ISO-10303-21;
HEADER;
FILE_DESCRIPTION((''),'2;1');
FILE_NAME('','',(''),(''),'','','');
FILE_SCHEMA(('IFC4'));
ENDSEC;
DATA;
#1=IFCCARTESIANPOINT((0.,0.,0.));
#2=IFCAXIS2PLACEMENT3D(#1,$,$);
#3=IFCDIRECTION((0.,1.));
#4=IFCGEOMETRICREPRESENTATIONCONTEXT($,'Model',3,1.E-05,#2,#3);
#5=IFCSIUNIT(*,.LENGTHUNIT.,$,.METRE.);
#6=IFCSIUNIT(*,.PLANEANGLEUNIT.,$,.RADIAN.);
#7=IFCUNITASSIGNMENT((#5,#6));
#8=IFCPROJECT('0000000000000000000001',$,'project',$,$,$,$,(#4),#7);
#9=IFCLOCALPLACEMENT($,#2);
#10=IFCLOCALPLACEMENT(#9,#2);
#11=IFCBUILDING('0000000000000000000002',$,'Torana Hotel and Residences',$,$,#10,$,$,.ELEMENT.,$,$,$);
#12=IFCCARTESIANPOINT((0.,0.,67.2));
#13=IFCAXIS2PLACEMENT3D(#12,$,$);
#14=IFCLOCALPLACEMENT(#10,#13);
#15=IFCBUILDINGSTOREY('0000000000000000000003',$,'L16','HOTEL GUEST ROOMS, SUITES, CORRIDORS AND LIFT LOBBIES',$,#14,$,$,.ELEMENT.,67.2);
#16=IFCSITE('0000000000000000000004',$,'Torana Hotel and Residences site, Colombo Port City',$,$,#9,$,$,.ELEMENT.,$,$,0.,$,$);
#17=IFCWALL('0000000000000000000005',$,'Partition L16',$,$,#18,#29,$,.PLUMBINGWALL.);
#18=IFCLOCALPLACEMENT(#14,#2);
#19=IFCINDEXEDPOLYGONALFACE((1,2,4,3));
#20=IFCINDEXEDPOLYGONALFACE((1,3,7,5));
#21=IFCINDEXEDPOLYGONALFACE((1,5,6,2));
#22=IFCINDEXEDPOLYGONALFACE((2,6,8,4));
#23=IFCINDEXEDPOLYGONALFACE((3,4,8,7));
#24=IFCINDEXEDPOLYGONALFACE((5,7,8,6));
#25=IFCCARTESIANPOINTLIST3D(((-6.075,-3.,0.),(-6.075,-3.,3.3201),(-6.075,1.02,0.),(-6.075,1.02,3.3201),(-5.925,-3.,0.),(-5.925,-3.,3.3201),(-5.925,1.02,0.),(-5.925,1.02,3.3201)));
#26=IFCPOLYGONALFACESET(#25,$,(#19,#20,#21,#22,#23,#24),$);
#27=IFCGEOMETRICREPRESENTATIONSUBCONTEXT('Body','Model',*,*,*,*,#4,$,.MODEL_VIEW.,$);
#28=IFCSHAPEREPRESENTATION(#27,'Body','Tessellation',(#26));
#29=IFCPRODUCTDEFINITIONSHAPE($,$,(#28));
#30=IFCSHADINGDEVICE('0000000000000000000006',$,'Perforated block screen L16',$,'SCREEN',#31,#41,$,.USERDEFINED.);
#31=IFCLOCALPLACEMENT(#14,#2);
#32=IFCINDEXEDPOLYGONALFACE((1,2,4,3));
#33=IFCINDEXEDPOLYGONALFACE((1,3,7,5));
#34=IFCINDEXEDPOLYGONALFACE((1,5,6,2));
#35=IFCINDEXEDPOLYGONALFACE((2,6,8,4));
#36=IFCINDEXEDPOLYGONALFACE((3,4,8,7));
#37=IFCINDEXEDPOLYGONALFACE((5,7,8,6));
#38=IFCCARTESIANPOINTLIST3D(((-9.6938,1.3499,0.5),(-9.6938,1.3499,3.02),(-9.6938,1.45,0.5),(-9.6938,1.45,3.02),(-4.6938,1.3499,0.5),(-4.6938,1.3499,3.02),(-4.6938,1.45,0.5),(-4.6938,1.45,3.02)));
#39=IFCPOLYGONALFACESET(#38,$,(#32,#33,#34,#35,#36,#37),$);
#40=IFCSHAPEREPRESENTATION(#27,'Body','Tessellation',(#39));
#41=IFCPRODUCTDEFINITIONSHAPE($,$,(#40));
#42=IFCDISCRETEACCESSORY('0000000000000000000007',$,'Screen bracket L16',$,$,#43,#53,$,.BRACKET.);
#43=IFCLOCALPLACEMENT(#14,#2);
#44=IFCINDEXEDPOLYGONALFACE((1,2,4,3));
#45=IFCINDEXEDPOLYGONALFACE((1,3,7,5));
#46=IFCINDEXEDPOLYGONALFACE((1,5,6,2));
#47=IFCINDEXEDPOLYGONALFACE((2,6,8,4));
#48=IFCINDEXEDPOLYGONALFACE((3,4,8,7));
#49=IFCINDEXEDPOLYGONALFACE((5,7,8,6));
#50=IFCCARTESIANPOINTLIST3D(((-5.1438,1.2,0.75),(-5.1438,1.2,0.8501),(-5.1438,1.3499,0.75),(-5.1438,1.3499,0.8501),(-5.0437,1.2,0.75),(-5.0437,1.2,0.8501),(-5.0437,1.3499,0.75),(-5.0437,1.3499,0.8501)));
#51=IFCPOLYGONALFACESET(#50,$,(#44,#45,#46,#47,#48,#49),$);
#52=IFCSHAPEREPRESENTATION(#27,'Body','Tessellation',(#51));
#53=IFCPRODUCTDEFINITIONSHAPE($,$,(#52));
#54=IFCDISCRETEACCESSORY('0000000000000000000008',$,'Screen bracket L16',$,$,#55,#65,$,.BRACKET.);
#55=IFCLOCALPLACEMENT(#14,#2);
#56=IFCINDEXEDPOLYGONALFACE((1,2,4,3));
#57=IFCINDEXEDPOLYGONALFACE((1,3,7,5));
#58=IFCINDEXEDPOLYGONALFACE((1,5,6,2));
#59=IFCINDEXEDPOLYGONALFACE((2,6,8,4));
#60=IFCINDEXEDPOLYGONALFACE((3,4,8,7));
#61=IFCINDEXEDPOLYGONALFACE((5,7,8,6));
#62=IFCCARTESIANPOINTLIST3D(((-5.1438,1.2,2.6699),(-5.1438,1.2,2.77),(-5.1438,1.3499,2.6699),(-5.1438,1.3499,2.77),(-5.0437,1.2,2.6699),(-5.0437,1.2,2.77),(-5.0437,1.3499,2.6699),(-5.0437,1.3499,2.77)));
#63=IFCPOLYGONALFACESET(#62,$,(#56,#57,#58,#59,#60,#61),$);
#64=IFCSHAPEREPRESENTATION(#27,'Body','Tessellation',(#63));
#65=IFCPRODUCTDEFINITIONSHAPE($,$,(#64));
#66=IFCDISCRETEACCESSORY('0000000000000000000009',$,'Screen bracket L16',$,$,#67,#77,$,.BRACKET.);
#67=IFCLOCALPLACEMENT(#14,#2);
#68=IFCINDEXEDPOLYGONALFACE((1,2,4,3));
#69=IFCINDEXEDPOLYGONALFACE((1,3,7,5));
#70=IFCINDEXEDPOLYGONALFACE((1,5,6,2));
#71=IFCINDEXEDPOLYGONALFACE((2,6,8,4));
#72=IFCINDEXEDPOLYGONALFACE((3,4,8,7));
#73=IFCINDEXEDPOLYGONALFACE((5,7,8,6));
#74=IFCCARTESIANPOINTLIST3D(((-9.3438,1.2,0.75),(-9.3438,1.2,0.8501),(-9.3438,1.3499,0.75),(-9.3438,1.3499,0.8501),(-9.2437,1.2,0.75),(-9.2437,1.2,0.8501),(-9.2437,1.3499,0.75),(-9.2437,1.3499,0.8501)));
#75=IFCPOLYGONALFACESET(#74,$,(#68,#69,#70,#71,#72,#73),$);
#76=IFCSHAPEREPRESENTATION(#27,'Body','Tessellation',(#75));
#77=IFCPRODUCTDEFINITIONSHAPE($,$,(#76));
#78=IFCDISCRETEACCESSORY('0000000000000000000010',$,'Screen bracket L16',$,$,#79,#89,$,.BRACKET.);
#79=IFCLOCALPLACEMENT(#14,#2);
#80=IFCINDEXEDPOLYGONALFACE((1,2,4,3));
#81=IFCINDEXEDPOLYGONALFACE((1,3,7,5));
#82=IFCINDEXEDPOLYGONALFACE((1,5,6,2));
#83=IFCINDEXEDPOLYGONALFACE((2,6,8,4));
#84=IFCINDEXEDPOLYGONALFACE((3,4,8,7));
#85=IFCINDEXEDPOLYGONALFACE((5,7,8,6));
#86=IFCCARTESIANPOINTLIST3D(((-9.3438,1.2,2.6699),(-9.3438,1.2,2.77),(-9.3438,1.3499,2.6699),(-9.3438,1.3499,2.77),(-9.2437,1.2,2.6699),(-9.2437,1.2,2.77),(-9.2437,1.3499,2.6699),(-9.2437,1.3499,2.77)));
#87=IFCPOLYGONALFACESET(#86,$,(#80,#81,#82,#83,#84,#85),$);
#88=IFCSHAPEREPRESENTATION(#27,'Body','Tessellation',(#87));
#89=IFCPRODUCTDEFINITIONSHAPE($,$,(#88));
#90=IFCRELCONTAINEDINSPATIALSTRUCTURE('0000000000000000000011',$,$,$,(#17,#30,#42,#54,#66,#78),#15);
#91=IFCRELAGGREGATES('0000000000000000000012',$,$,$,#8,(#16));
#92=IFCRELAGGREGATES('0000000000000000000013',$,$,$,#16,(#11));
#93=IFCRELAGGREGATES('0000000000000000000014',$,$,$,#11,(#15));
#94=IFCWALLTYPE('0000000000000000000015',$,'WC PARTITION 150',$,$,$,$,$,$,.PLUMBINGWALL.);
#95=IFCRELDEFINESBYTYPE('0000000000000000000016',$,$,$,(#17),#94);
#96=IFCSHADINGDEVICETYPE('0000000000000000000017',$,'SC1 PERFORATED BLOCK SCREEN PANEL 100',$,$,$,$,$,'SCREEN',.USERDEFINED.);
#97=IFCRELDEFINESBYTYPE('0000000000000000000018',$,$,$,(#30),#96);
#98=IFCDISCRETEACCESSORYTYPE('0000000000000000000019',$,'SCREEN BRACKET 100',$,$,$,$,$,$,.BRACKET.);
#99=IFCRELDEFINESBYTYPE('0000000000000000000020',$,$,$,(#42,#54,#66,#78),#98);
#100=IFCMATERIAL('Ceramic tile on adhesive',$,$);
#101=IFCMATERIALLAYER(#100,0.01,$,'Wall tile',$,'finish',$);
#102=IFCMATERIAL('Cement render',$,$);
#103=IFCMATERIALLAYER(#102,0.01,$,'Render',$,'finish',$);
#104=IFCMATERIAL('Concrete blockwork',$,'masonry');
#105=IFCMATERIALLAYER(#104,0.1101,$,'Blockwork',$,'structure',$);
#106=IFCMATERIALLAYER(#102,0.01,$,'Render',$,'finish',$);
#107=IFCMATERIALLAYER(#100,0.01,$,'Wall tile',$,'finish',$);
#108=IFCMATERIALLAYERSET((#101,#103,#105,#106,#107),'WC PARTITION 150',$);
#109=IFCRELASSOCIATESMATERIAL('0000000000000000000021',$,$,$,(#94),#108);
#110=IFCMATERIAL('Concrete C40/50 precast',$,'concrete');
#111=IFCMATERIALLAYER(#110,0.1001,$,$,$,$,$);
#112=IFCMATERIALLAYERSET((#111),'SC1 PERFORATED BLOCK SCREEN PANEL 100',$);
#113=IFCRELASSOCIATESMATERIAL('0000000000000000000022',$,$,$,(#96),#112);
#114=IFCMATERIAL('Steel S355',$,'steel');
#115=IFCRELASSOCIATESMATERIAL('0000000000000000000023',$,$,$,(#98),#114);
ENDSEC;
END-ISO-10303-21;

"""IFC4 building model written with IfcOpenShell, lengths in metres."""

from ifc_helpers import new_model, si_unit, direction, frame, frame_2d, origin, origin_2d, place, context, subcontext, project, spatial, rectangle, extrude, material, layer, layer_set, type_object, element, save


model = new_model("IFC4")

# Units and contexts
model_context = context("Model", 3, precision=1e-05, world=origin(), true_north=direction((0.0, 1.0)))
body_context = subcontext(model_context, "Body", "Model", "MODEL_VIEW")
ifc_project = project(units=[si_unit("LENGTHUNIT", "METRE"), si_unit("PLANEANGLEUNIT", "RADIAN")], contexts=[model_context])

# Site, building, storey
site_placement = place(None, origin())
site = spatial("IfcSite", under=ifc_project, at=site_placement, Name="Torana Hotel and Residences site, Colombo Port City", CompositionType="ELEMENT", RefElevation=0.0)
building_placement = place(site_placement, origin())
building = spatial("IfcBuilding", under=site, at=building_placement, Name="Torana Hotel and Residences", CompositionType="ELEMENT")
storey_placement = place(building_placement, frame((0.0, 0.0, 67.2)))
storey = spatial("IfcBuildingStorey", under=building, at=storey_placement, Name="L16", Description="HOTEL GUEST ROOMS, SUITES, CORRIDORS AND LIFT LOBBIES", CompositionType="ELEMENT", Elevation=67.2)

# Shared definitions
ifc_material_1 = material(Name="Concrete blockwork", Category="masonry")

# Wall
ifc_material_2 = material(Name="Ceramic tile on adhesive")
ifc_layer_1 = layer(ifc_material_2, 0.01, Name="Wall tile", Category="finish")
ifc_material_3 = material(Name="Cement render")
ifc_layer_2 = layer(ifc_material_3, 0.01, Name="Render", Category="finish")
ifc_layer_3 = layer(ifc_material_1, 0.1101, Name="Blockwork", Category="structure")
ifc_layer_4 = layer(ifc_material_3, 0.01, Name="Render", Category="finish")
ifc_layer_5 = layer(ifc_material_2, 0.01, Name="Wall tile", Category="finish")
ifc_layer_set_1 = layer_set([ifc_layer_1, ifc_layer_2, ifc_layer_3, ifc_layer_4, ifc_layer_5], Name="WC PARTITION 150")
wall_type_1 = type_object("IfcWallType", Name="WC PARTITION 150", PredefinedType="PLUMBINGWALL", material=ifc_layer_set_1)
for number, where, z_axis, x_axis, name in (
    (1, (-6.0, -3.0, 0.0), (0.0, 0.0, 1.0), (0.0, 1.0, 0.0), "Partition L16"),
):
    element("IfcWall", number, at=place(storey_placement, frame(where, z_axis=z_axis, x_axis=x_axis)), inside=storey, type_object=wall_type_1, Name=name, PredefinedType="PLUMBINGWALL", context=body_context, shape_type="SweptSolid", body=[
        extrude(rectangle(XDim=4.02, YDim=0.1499, at=frame_2d((2.01, 0.0))), origin(), (0.0, 0.0, 1.0), 3.3201),
    ])

# Shading device
ifc_material_4 = material(Name="Concrete C40/50 precast", Category="concrete")
ifc_layer_6 = layer(ifc_material_4, 0.1001)
ifc_layer_set_2 = layer_set([ifc_layer_6], Name="SC1 PERFORATED BLOCK SCREEN PANEL 100")
shading_device_type = type_object("IfcShadingDeviceType", Name="SC1 PERFORATED BLOCK SCREEN PANEL 100", ElementType="SCREEN", PredefinedType="USERDEFINED", material=ifc_layer_set_2)
shading_device_placement = place(storey_placement, frame((-7.1938, 1.3999, 0.5), z_axis=(0.0, 0.0, 1.0), x_axis=(-1.0, 0.0, 0.0)))
element("IfcShadingDevice", 2, at=shading_device_placement, inside=storey, type_object=shading_device_type, Name="Perforated block screen L16", ObjectType="SCREEN", PredefinedType="USERDEFINED", context=body_context, shape_type="SweptSolid", body=[
    extrude(rectangle(XDim=5.0, YDim=0.1001, at=origin_2d()), origin(), (0.0, 0.0, 1.0), 2.52),
])

# Discrete accessories
ifc_material_5 = material(Name="Steel S355", Category="steel")
discrete_accessory_type = type_object("IfcDiscreteAccessoryType", Name="SCREEN BRACKET 100", PredefinedType="BRACKET", material=ifc_material_5)
for number, where, z_axis, x_axis, name in (
    (3, (-5.0938, 1.2749, 0.75), (0.0, 0.0, 1.0), (-1.0, 0.0, 0.0), "Screen bracket L16"),
    (4, (-5.0938, 1.2749, 2.6699), (0.0, 0.0, 1.0), (-1.0, 0.0, 0.0), "Screen bracket L16"),
    (5, (-9.2937, 1.2749, 0.75), (0.0, 0.0, 1.0), (-1.0, 0.0, 0.0), "Screen bracket L16"),
    (6, (-9.2937, 1.2749, 2.6699), (0.0, 0.0, 1.0), (-1.0, 0.0, 0.0), "Screen bracket L16"),
):
    element("IfcDiscreteAccessory", number, at=place(storey_placement, frame(where, z_axis=z_axis, x_axis=x_axis)), inside=storey, type_object=discrete_accessory_type, Name=name, PredefinedType="BRACKET", context=body_context, shape_type="SweptSolid", body=[
        extrude(rectangle(XDim=0.1001, YDim=0.1499, at=origin_2d()), origin(), (0.0, 0.0, 1.0), 0.1001),
    ])

save(model, "model.ifc")
